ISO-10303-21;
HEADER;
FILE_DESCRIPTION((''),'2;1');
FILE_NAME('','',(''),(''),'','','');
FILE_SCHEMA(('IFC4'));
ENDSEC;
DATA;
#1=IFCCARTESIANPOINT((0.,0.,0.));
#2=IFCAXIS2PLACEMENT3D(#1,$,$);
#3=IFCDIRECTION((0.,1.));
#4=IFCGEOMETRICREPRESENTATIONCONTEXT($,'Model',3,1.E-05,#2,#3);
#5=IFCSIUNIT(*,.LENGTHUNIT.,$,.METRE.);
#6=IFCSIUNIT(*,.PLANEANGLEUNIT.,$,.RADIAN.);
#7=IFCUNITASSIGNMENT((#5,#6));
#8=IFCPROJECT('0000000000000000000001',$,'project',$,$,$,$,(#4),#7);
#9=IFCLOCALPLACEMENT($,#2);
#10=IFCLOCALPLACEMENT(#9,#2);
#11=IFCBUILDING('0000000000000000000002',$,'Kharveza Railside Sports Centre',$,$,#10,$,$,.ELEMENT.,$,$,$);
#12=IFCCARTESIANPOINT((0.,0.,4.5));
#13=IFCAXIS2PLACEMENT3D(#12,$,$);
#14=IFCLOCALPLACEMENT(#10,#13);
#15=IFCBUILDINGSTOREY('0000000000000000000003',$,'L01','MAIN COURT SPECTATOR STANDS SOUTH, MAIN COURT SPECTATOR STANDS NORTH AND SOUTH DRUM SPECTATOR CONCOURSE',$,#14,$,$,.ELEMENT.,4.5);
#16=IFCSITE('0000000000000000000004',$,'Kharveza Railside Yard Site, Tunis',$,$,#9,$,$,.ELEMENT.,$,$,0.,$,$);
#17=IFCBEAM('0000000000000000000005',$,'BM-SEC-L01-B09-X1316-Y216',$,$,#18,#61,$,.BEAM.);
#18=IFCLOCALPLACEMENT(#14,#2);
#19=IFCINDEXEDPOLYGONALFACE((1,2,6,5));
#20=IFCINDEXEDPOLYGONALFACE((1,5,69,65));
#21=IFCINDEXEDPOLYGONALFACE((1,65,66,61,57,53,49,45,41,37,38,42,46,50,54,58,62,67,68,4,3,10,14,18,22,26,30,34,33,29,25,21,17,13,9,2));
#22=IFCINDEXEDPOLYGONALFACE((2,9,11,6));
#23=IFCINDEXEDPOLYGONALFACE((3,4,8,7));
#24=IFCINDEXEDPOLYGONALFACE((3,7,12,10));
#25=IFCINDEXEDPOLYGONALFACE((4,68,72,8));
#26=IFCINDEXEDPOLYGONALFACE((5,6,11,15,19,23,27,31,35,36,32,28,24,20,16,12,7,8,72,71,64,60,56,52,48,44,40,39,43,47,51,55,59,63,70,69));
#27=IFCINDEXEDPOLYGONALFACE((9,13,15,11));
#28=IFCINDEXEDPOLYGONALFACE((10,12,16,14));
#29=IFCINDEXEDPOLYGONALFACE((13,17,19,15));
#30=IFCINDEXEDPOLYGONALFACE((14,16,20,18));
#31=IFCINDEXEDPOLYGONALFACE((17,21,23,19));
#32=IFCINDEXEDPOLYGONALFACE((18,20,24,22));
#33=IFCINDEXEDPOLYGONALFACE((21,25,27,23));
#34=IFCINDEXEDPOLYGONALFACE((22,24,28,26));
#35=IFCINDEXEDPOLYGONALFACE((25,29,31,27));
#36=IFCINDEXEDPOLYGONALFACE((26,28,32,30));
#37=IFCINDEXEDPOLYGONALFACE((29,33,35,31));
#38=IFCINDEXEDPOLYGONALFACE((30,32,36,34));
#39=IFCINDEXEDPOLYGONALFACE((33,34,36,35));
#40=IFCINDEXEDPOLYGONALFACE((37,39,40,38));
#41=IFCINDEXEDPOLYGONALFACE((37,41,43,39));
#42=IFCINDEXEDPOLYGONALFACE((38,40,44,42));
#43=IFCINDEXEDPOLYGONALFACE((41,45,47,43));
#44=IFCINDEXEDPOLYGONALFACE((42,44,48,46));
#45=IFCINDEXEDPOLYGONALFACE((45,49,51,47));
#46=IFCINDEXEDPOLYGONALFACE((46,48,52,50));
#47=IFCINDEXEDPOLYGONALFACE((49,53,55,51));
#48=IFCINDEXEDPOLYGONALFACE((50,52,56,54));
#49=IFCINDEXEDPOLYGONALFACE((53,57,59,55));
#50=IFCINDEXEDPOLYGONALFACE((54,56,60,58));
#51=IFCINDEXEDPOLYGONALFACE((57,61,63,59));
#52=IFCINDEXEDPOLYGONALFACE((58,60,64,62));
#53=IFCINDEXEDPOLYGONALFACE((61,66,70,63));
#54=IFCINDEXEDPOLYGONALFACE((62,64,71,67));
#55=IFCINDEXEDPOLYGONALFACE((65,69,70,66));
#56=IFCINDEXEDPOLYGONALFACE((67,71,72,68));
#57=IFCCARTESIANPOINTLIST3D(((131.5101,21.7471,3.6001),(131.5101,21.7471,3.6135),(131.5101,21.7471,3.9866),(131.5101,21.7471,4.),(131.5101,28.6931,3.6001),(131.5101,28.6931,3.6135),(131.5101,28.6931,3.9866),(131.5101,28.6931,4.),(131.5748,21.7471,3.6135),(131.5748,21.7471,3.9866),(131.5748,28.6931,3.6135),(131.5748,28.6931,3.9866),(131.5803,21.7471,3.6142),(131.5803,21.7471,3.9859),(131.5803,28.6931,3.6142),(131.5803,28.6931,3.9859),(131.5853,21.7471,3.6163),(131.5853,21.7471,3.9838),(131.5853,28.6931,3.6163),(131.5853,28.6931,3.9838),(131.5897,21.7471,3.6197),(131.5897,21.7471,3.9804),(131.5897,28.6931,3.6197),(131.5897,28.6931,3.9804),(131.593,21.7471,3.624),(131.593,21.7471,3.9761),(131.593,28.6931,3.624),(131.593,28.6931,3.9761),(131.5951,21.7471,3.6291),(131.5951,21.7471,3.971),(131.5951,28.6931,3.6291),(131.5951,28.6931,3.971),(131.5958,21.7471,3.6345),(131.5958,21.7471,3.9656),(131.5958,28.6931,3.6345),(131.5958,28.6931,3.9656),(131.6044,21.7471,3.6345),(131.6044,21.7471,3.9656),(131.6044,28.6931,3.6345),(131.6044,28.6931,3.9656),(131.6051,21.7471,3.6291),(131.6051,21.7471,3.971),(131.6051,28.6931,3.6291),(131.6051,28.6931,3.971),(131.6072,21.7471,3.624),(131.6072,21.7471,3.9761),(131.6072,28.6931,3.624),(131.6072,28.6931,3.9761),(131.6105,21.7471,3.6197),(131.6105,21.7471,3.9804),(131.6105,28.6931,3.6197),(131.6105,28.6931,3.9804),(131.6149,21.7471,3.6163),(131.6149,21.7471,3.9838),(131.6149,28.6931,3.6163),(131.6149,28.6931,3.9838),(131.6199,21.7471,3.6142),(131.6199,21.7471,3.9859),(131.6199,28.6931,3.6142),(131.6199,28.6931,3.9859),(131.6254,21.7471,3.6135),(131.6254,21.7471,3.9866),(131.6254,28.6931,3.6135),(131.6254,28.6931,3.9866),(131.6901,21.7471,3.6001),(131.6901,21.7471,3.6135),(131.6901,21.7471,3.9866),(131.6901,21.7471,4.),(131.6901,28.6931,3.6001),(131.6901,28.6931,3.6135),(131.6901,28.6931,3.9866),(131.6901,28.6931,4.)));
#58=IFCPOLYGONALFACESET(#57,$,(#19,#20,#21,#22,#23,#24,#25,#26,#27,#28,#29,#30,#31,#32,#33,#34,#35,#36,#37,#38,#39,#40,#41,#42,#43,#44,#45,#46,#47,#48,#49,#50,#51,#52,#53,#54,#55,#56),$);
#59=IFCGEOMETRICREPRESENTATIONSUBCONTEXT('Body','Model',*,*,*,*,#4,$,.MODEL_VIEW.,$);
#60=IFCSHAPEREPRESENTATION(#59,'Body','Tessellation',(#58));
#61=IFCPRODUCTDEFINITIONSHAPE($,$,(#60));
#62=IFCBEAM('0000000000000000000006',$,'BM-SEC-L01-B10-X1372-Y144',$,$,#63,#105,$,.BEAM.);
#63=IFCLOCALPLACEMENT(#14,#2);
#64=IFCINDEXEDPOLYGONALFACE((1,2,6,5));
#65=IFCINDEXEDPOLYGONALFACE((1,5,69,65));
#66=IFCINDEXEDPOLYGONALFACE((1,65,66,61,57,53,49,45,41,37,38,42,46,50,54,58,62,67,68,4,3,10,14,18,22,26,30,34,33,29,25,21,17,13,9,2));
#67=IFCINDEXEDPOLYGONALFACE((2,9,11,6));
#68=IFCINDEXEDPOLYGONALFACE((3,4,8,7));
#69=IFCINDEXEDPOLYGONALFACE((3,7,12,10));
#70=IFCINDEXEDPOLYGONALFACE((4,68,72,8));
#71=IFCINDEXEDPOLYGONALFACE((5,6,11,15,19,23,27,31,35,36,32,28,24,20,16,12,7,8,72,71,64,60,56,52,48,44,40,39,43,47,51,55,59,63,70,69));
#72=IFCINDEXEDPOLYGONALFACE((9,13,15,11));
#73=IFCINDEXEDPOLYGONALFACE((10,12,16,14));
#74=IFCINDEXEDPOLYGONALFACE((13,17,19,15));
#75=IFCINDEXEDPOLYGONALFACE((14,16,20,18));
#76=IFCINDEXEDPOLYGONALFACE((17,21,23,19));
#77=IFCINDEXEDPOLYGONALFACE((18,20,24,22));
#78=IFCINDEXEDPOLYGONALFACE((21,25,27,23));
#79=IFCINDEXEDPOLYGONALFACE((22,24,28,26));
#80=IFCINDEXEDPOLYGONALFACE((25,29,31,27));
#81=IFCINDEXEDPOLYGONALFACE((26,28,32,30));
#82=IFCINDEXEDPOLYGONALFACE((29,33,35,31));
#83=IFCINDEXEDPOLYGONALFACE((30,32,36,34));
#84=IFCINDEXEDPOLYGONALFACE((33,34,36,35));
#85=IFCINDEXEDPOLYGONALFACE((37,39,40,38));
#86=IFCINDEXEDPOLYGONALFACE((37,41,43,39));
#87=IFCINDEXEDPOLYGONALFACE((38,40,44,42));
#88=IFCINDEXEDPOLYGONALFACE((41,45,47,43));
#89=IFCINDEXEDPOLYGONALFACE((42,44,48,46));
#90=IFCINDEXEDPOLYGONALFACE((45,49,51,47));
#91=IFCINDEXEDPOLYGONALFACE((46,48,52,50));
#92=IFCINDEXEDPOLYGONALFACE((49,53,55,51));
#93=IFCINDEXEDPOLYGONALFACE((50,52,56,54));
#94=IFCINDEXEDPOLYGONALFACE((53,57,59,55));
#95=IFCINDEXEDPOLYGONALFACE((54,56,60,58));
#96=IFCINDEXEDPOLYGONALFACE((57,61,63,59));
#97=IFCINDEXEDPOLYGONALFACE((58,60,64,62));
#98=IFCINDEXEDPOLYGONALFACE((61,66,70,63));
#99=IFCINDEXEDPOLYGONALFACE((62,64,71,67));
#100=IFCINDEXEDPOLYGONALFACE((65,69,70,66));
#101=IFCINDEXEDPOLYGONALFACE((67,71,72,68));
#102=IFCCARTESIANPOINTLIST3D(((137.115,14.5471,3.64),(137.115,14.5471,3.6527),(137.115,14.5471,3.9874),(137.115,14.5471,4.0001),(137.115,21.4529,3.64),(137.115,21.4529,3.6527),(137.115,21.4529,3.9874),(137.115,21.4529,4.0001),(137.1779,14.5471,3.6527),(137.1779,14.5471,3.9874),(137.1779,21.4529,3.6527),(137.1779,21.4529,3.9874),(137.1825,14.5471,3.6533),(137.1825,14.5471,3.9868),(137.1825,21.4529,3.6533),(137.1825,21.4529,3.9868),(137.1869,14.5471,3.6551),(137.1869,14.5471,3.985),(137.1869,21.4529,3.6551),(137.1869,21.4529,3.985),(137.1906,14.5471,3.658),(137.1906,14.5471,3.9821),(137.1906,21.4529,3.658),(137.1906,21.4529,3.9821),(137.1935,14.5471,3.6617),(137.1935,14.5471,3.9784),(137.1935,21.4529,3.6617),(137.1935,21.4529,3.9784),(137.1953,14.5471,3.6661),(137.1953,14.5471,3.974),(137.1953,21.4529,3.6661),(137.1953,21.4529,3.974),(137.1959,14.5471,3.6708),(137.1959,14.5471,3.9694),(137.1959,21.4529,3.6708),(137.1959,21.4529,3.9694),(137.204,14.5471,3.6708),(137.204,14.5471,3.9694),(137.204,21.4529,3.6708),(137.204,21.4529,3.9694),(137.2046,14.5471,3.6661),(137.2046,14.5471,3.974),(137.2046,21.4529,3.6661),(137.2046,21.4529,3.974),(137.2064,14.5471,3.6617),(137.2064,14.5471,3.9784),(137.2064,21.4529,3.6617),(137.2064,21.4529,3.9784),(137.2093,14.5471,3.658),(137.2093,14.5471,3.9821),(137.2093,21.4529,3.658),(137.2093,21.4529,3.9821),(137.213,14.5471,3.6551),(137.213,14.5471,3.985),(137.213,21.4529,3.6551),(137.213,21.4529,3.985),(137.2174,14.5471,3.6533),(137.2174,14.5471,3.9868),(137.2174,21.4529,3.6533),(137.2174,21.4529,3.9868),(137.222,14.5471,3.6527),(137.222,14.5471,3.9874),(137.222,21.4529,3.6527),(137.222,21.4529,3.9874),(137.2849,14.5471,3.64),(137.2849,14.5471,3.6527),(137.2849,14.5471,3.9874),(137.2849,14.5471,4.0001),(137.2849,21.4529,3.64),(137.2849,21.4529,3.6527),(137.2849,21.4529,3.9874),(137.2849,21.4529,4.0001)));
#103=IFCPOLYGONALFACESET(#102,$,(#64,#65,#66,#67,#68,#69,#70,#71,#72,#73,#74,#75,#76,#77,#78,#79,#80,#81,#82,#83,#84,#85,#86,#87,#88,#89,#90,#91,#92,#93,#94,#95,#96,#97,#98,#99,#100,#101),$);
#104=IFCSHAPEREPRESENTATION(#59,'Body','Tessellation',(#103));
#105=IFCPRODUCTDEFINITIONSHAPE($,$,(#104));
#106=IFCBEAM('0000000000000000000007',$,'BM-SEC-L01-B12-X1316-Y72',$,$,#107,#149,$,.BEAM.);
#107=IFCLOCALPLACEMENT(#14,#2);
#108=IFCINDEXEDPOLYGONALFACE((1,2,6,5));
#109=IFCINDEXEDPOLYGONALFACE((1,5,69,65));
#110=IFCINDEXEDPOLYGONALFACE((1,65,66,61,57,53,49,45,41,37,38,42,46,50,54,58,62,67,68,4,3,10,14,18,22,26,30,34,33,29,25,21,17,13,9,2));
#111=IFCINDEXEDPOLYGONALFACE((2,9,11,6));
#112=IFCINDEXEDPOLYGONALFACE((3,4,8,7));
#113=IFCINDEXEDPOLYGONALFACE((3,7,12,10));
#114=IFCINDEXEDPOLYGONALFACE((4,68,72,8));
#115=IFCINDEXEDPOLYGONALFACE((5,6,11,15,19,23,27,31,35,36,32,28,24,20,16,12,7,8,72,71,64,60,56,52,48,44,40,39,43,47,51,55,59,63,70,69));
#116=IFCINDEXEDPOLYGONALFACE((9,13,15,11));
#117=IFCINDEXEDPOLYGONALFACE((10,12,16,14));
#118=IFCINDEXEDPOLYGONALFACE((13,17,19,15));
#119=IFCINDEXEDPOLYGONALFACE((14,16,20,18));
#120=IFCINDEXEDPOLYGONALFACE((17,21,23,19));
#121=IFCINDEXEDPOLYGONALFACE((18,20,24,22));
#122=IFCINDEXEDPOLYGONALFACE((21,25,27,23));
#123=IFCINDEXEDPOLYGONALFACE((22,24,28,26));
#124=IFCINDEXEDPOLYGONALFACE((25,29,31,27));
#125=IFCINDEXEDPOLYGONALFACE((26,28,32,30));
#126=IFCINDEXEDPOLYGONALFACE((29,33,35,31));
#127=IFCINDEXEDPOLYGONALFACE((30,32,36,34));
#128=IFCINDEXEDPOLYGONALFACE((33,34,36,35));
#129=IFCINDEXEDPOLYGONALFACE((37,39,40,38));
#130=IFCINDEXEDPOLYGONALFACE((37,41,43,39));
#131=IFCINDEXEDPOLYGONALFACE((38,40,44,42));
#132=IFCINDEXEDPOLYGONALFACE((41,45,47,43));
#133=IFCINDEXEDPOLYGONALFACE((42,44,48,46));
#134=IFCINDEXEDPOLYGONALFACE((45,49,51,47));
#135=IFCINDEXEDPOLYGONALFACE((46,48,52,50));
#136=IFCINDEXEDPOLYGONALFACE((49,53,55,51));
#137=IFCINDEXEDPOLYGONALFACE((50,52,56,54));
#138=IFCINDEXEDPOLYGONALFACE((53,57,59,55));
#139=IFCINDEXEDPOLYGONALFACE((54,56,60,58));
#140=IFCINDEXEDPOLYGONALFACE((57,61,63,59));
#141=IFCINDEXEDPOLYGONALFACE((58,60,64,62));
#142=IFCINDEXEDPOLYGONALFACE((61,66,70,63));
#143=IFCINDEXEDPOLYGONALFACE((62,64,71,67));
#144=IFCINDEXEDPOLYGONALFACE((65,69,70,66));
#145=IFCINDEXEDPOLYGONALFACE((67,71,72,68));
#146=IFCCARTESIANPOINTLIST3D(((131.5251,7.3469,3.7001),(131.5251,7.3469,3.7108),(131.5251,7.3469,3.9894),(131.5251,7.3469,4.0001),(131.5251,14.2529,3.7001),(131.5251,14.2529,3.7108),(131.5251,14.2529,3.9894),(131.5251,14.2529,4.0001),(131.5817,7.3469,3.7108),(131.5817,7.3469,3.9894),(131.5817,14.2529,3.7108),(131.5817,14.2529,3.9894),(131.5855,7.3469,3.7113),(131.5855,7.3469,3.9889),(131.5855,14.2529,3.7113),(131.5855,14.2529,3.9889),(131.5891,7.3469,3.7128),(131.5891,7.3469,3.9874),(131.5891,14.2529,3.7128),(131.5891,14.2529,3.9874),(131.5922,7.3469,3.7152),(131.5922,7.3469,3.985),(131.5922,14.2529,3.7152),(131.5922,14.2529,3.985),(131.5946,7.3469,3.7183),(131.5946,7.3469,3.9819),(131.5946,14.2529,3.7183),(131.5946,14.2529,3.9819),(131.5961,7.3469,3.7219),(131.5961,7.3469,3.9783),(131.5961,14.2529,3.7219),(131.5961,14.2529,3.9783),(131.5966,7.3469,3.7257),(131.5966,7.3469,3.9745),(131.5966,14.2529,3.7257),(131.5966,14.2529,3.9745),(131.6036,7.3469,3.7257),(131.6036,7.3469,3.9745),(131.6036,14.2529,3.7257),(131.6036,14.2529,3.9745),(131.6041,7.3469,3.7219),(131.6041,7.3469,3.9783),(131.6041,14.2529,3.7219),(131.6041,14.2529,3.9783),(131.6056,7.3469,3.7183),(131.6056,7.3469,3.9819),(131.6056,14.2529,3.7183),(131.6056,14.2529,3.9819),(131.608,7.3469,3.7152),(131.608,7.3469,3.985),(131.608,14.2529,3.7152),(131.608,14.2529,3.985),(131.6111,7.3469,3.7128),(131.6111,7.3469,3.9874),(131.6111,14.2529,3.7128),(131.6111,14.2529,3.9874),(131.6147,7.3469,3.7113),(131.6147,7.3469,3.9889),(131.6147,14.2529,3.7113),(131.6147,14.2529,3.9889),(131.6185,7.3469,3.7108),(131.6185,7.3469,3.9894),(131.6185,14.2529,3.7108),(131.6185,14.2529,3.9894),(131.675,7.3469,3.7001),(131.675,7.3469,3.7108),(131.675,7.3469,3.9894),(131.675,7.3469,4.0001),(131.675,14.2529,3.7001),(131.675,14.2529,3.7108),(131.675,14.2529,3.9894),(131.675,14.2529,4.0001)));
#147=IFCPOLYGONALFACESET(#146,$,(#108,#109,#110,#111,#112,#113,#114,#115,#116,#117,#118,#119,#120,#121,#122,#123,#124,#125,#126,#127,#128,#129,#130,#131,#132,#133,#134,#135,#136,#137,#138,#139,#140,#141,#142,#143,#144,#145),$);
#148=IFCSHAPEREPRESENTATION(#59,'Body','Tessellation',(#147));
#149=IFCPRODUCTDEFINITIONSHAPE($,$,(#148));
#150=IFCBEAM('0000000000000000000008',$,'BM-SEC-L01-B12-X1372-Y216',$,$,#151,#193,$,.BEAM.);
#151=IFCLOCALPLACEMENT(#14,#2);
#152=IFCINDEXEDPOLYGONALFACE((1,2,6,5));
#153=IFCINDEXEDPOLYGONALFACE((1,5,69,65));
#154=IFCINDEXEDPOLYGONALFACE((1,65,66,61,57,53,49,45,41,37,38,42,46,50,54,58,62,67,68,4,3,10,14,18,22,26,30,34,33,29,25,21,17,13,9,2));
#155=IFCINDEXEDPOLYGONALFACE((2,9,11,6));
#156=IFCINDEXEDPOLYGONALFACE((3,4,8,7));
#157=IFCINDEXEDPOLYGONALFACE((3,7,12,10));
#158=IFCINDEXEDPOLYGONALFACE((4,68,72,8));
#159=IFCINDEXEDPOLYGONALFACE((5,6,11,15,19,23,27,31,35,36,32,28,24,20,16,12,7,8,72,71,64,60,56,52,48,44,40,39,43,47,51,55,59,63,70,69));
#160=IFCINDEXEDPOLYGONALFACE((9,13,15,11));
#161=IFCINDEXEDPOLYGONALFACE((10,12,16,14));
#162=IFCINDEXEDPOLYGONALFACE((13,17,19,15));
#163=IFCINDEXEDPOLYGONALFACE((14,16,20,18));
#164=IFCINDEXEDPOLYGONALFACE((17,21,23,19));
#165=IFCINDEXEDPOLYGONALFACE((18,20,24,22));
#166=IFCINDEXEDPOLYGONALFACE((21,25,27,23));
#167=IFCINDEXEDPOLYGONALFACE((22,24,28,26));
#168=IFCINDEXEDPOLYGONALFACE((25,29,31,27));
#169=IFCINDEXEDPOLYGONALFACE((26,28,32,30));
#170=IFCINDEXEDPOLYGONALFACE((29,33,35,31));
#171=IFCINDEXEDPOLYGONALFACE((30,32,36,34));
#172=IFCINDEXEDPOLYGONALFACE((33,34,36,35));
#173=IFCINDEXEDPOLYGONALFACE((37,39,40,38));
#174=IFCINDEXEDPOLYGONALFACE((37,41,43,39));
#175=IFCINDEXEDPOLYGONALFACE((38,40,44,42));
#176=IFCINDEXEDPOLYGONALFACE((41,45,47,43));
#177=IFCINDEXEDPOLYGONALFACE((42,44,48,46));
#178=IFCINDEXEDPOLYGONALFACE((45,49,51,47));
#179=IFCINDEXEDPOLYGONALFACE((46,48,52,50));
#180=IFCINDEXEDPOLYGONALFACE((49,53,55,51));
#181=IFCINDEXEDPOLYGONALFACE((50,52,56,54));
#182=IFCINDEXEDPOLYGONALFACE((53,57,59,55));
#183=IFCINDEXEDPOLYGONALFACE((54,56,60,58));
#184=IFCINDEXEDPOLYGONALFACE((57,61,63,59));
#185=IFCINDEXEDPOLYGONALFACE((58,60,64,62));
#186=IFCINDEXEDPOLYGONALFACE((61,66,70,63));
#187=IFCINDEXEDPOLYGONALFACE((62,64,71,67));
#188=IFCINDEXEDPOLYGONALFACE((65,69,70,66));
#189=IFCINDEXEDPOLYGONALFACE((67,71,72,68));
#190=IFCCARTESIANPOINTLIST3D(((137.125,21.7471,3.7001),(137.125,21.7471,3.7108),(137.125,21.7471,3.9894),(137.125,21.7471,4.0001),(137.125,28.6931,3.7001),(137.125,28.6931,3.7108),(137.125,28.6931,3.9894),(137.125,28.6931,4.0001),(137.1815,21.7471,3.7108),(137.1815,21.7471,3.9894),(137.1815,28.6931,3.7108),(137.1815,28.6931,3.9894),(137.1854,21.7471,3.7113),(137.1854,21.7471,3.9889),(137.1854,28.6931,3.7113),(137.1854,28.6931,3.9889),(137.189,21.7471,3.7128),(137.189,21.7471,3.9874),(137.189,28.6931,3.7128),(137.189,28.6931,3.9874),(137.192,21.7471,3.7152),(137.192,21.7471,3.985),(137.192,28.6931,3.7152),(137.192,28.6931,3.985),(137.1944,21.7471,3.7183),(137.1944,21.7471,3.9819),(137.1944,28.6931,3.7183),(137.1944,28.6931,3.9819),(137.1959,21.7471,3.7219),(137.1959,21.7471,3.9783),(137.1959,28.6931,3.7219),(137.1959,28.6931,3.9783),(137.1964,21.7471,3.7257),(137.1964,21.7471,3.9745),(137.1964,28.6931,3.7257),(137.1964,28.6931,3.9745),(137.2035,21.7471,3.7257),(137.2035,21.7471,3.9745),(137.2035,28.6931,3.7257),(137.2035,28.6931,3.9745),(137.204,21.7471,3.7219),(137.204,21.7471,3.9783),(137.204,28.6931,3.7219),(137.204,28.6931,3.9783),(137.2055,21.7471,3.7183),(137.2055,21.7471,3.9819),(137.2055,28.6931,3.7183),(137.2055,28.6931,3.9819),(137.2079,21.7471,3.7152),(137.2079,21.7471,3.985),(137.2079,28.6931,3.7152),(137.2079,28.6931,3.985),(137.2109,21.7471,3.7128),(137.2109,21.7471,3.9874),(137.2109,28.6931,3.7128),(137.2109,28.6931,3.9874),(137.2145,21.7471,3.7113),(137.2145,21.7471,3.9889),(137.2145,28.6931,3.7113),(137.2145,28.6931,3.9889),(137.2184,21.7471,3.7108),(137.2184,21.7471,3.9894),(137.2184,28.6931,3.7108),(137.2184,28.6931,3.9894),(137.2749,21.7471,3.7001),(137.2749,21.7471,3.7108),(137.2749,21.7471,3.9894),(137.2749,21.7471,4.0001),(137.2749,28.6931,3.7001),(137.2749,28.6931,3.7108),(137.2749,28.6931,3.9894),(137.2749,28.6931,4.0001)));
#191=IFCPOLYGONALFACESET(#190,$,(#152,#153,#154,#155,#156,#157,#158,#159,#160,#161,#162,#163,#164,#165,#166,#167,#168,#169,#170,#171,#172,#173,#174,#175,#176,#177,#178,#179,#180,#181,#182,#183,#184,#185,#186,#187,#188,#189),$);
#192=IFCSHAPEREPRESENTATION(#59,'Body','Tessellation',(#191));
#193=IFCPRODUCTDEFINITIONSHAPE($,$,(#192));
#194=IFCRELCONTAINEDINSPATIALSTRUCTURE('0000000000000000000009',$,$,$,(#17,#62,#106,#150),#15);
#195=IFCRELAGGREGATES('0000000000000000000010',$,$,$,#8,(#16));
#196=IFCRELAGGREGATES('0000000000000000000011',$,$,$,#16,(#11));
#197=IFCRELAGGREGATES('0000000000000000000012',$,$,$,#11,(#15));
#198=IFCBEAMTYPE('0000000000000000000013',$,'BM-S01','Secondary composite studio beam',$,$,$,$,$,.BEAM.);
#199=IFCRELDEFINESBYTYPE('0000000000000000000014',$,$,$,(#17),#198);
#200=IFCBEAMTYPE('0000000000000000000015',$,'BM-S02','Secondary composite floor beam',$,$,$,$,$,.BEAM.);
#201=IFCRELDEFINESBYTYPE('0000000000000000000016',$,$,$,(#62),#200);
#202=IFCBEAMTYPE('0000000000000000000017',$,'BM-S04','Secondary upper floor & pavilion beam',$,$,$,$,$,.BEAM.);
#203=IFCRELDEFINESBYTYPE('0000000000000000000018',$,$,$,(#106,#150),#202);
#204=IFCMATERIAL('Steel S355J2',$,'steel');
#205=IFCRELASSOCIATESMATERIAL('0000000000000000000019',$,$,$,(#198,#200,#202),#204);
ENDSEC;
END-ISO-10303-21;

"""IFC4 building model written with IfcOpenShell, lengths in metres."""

from ifc_helpers import new_model, si_unit, direction, frame, origin, origin_2d, place, context, subcontext, project, spatial, i_section, extrude, material, material_profile, profile_set, type_object, element, save


model = new_model("IFC4")

# Units and contexts
model_context = context("Model", 3, precision=1e-05, world=origin(), true_north=direction((0.0, 1.0)))
body_context = subcontext(model_context, "Body", "Model", "MODEL_VIEW")
ifc_project = project(units=[si_unit("LENGTHUNIT", "METRE"), si_unit("PLANEANGLEUNIT", "RADIAN")], contexts=[model_context])

# Site, building, storey
site_placement = place(None, origin())
site = spatial("IfcSite", under=ifc_project, at=site_placement, Name="Kharveza Railside Yard Site, Tunis", CompositionType="ELEMENT", RefElevation=0.0)
building_placement = place(site_placement, origin())
building = spatial("IfcBuilding", under=site, at=building_placement, Name="Kharveza Railside Sports Centre", CompositionType="ELEMENT")
storey_placement = place(building_placement, frame((0.0, 0.0, 4.5)))
storey = spatial("IfcBuildingStorey", under=building, at=storey_placement, Name="L01", Description="MAIN COURT SPECTATOR STANDS SOUTH, MAIN COURT SPECTATOR STANDS NORTH AND SOUTH DRUM SPECTATOR CONCOURSE", CompositionType="ELEMENT", Elevation=4.5)

# Shared definitions
ifc_material_1 = material(Name="Steel S355J2", Category="steel")

# Beams
ifc_material_profile_1 = material_profile(ifc_material_1, i_section(OverallWidth=0.1799, OverallDepth=0.3999, WebThickness=0.0085, FlangeThickness=0.0134, FilletRadius=0.021, at=origin_2d()), Name="IPE 400")
ifc_profile_set_1 = profile_set([ifc_material_profile_1], Name="Steel S355J2")
beam_type_1 = type_object("IfcBeamType", Name="BM-S01", Description="Secondary composite studio beam", PredefinedType="BEAM", material=ifc_profile_set_1)
beam_1_placement = place(storey_placement, frame((131.6001, 21.7471, 3.8), z_axis=(0.0, 1.0, 0.0), x_axis=(-1.0, 0.0, 0.0)))
element("IfcBeam", 1, at=beam_1_placement, inside=storey, type_object=beam_type_1, Name="BM-SEC-L01-B09-X1316-Y216", PredefinedType="BEAM", context=body_context, shape_type="SweptSolid", body=[
    extrude(i_section(OverallWidth=0.1799, OverallDepth=0.3999, WebThickness=0.0085, FlangeThickness=0.0134, FilletRadius=0.021, at=origin_2d()), origin(), (0.0, 0.0, 1.0), 6.946),
])
ifc_material_profile_2 = material_profile(ifc_material_1, i_section(OverallWidth=0.1699, OverallDepth=0.3601, WebThickness=0.0081, FlangeThickness=0.0127, FilletRadius=0.0181, at=origin_2d()), Name="IPE 360")
ifc_profile_set_2 = profile_set([ifc_material_profile_2], Name="Steel S355J2")
beam_type_2 = type_object("IfcBeamType", Name="BM-S02", Description="Secondary composite floor beam", PredefinedType="BEAM", material=ifc_profile_set_2)
beam_2_placement = place(storey_placement, frame((137.2, 14.5471, 3.8201), z_axis=(0.0, 1.0, 0.0), x_axis=(-1.0, 0.0, 0.0)))
element("IfcBeam", 2, at=beam_2_placement, inside=storey, type_object=beam_type_2, Name="BM-SEC-L01-B10-X1372-Y144", PredefinedType="BEAM", context=body_context, shape_type="SweptSolid", body=[
    extrude(i_section(OverallWidth=0.1699, OverallDepth=0.3601, WebThickness=0.0081, FlangeThickness=0.0127, FilletRadius=0.0181, at=origin_2d()), origin(), (0.0, 0.0, 1.0), 6.9058),
])
ifc_material_profile_3 = material_profile(ifc_material_1, i_section(OverallWidth=0.1499, OverallDepth=0.3, WebThickness=0.0071, FlangeThickness=0.0107, FilletRadius=0.0149, at=origin_2d()), Name="IPE 300")
ifc_profile_set_3 = profile_set([ifc_material_profile_3], Name="Steel S355J2")
beam_type_3 = type_object("IfcBeamType", Name="BM-S04", Description="Secondary upper floor & pavilion beam", PredefinedType="BEAM", material=ifc_profile_set_3)
beam_3_placement = place(storey_placement, frame((131.6001, 7.3469, 3.8501), z_axis=(0.0, 1.0, 0.0), x_axis=(-1.0, 0.0, 0.0)))
element("IfcBeam", 3, at=beam_3_placement, inside=storey, type_object=beam_type_3, Name="BM-SEC-L01-B12-X1316-Y72", PredefinedType="BEAM", context=body_context, shape_type="SweptSolid", body=[
    extrude(i_section(OverallWidth=0.1499, OverallDepth=0.3, WebThickness=0.0071, FlangeThickness=0.0107, FilletRadius=0.0149, at=origin_2d()), origin(), (0.0, 0.0, 1.0), 6.906),
])
beam_4_placement = place(storey_placement, frame((137.2, 21.7471, 3.8501), z_axis=(0.0, 1.0, 0.0), x_axis=(-1.0, 0.0, 0.0)))
element("IfcBeam", 4, at=beam_4_placement, inside=storey, type_object=beam_type_3, Name="BM-SEC-L01-B12-X1372-Y216", PredefinedType="BEAM", context=body_context, shape_type="SweptSolid", body=[
    extrude(i_section(OverallWidth=0.1499, OverallDepth=0.3, WebThickness=0.0071, FlangeThickness=0.0107, FilletRadius=0.0149, at=origin_2d()), origin(), (0.0, 0.0, 1.0), 6.946),
])

save(model, "model.ifc")
